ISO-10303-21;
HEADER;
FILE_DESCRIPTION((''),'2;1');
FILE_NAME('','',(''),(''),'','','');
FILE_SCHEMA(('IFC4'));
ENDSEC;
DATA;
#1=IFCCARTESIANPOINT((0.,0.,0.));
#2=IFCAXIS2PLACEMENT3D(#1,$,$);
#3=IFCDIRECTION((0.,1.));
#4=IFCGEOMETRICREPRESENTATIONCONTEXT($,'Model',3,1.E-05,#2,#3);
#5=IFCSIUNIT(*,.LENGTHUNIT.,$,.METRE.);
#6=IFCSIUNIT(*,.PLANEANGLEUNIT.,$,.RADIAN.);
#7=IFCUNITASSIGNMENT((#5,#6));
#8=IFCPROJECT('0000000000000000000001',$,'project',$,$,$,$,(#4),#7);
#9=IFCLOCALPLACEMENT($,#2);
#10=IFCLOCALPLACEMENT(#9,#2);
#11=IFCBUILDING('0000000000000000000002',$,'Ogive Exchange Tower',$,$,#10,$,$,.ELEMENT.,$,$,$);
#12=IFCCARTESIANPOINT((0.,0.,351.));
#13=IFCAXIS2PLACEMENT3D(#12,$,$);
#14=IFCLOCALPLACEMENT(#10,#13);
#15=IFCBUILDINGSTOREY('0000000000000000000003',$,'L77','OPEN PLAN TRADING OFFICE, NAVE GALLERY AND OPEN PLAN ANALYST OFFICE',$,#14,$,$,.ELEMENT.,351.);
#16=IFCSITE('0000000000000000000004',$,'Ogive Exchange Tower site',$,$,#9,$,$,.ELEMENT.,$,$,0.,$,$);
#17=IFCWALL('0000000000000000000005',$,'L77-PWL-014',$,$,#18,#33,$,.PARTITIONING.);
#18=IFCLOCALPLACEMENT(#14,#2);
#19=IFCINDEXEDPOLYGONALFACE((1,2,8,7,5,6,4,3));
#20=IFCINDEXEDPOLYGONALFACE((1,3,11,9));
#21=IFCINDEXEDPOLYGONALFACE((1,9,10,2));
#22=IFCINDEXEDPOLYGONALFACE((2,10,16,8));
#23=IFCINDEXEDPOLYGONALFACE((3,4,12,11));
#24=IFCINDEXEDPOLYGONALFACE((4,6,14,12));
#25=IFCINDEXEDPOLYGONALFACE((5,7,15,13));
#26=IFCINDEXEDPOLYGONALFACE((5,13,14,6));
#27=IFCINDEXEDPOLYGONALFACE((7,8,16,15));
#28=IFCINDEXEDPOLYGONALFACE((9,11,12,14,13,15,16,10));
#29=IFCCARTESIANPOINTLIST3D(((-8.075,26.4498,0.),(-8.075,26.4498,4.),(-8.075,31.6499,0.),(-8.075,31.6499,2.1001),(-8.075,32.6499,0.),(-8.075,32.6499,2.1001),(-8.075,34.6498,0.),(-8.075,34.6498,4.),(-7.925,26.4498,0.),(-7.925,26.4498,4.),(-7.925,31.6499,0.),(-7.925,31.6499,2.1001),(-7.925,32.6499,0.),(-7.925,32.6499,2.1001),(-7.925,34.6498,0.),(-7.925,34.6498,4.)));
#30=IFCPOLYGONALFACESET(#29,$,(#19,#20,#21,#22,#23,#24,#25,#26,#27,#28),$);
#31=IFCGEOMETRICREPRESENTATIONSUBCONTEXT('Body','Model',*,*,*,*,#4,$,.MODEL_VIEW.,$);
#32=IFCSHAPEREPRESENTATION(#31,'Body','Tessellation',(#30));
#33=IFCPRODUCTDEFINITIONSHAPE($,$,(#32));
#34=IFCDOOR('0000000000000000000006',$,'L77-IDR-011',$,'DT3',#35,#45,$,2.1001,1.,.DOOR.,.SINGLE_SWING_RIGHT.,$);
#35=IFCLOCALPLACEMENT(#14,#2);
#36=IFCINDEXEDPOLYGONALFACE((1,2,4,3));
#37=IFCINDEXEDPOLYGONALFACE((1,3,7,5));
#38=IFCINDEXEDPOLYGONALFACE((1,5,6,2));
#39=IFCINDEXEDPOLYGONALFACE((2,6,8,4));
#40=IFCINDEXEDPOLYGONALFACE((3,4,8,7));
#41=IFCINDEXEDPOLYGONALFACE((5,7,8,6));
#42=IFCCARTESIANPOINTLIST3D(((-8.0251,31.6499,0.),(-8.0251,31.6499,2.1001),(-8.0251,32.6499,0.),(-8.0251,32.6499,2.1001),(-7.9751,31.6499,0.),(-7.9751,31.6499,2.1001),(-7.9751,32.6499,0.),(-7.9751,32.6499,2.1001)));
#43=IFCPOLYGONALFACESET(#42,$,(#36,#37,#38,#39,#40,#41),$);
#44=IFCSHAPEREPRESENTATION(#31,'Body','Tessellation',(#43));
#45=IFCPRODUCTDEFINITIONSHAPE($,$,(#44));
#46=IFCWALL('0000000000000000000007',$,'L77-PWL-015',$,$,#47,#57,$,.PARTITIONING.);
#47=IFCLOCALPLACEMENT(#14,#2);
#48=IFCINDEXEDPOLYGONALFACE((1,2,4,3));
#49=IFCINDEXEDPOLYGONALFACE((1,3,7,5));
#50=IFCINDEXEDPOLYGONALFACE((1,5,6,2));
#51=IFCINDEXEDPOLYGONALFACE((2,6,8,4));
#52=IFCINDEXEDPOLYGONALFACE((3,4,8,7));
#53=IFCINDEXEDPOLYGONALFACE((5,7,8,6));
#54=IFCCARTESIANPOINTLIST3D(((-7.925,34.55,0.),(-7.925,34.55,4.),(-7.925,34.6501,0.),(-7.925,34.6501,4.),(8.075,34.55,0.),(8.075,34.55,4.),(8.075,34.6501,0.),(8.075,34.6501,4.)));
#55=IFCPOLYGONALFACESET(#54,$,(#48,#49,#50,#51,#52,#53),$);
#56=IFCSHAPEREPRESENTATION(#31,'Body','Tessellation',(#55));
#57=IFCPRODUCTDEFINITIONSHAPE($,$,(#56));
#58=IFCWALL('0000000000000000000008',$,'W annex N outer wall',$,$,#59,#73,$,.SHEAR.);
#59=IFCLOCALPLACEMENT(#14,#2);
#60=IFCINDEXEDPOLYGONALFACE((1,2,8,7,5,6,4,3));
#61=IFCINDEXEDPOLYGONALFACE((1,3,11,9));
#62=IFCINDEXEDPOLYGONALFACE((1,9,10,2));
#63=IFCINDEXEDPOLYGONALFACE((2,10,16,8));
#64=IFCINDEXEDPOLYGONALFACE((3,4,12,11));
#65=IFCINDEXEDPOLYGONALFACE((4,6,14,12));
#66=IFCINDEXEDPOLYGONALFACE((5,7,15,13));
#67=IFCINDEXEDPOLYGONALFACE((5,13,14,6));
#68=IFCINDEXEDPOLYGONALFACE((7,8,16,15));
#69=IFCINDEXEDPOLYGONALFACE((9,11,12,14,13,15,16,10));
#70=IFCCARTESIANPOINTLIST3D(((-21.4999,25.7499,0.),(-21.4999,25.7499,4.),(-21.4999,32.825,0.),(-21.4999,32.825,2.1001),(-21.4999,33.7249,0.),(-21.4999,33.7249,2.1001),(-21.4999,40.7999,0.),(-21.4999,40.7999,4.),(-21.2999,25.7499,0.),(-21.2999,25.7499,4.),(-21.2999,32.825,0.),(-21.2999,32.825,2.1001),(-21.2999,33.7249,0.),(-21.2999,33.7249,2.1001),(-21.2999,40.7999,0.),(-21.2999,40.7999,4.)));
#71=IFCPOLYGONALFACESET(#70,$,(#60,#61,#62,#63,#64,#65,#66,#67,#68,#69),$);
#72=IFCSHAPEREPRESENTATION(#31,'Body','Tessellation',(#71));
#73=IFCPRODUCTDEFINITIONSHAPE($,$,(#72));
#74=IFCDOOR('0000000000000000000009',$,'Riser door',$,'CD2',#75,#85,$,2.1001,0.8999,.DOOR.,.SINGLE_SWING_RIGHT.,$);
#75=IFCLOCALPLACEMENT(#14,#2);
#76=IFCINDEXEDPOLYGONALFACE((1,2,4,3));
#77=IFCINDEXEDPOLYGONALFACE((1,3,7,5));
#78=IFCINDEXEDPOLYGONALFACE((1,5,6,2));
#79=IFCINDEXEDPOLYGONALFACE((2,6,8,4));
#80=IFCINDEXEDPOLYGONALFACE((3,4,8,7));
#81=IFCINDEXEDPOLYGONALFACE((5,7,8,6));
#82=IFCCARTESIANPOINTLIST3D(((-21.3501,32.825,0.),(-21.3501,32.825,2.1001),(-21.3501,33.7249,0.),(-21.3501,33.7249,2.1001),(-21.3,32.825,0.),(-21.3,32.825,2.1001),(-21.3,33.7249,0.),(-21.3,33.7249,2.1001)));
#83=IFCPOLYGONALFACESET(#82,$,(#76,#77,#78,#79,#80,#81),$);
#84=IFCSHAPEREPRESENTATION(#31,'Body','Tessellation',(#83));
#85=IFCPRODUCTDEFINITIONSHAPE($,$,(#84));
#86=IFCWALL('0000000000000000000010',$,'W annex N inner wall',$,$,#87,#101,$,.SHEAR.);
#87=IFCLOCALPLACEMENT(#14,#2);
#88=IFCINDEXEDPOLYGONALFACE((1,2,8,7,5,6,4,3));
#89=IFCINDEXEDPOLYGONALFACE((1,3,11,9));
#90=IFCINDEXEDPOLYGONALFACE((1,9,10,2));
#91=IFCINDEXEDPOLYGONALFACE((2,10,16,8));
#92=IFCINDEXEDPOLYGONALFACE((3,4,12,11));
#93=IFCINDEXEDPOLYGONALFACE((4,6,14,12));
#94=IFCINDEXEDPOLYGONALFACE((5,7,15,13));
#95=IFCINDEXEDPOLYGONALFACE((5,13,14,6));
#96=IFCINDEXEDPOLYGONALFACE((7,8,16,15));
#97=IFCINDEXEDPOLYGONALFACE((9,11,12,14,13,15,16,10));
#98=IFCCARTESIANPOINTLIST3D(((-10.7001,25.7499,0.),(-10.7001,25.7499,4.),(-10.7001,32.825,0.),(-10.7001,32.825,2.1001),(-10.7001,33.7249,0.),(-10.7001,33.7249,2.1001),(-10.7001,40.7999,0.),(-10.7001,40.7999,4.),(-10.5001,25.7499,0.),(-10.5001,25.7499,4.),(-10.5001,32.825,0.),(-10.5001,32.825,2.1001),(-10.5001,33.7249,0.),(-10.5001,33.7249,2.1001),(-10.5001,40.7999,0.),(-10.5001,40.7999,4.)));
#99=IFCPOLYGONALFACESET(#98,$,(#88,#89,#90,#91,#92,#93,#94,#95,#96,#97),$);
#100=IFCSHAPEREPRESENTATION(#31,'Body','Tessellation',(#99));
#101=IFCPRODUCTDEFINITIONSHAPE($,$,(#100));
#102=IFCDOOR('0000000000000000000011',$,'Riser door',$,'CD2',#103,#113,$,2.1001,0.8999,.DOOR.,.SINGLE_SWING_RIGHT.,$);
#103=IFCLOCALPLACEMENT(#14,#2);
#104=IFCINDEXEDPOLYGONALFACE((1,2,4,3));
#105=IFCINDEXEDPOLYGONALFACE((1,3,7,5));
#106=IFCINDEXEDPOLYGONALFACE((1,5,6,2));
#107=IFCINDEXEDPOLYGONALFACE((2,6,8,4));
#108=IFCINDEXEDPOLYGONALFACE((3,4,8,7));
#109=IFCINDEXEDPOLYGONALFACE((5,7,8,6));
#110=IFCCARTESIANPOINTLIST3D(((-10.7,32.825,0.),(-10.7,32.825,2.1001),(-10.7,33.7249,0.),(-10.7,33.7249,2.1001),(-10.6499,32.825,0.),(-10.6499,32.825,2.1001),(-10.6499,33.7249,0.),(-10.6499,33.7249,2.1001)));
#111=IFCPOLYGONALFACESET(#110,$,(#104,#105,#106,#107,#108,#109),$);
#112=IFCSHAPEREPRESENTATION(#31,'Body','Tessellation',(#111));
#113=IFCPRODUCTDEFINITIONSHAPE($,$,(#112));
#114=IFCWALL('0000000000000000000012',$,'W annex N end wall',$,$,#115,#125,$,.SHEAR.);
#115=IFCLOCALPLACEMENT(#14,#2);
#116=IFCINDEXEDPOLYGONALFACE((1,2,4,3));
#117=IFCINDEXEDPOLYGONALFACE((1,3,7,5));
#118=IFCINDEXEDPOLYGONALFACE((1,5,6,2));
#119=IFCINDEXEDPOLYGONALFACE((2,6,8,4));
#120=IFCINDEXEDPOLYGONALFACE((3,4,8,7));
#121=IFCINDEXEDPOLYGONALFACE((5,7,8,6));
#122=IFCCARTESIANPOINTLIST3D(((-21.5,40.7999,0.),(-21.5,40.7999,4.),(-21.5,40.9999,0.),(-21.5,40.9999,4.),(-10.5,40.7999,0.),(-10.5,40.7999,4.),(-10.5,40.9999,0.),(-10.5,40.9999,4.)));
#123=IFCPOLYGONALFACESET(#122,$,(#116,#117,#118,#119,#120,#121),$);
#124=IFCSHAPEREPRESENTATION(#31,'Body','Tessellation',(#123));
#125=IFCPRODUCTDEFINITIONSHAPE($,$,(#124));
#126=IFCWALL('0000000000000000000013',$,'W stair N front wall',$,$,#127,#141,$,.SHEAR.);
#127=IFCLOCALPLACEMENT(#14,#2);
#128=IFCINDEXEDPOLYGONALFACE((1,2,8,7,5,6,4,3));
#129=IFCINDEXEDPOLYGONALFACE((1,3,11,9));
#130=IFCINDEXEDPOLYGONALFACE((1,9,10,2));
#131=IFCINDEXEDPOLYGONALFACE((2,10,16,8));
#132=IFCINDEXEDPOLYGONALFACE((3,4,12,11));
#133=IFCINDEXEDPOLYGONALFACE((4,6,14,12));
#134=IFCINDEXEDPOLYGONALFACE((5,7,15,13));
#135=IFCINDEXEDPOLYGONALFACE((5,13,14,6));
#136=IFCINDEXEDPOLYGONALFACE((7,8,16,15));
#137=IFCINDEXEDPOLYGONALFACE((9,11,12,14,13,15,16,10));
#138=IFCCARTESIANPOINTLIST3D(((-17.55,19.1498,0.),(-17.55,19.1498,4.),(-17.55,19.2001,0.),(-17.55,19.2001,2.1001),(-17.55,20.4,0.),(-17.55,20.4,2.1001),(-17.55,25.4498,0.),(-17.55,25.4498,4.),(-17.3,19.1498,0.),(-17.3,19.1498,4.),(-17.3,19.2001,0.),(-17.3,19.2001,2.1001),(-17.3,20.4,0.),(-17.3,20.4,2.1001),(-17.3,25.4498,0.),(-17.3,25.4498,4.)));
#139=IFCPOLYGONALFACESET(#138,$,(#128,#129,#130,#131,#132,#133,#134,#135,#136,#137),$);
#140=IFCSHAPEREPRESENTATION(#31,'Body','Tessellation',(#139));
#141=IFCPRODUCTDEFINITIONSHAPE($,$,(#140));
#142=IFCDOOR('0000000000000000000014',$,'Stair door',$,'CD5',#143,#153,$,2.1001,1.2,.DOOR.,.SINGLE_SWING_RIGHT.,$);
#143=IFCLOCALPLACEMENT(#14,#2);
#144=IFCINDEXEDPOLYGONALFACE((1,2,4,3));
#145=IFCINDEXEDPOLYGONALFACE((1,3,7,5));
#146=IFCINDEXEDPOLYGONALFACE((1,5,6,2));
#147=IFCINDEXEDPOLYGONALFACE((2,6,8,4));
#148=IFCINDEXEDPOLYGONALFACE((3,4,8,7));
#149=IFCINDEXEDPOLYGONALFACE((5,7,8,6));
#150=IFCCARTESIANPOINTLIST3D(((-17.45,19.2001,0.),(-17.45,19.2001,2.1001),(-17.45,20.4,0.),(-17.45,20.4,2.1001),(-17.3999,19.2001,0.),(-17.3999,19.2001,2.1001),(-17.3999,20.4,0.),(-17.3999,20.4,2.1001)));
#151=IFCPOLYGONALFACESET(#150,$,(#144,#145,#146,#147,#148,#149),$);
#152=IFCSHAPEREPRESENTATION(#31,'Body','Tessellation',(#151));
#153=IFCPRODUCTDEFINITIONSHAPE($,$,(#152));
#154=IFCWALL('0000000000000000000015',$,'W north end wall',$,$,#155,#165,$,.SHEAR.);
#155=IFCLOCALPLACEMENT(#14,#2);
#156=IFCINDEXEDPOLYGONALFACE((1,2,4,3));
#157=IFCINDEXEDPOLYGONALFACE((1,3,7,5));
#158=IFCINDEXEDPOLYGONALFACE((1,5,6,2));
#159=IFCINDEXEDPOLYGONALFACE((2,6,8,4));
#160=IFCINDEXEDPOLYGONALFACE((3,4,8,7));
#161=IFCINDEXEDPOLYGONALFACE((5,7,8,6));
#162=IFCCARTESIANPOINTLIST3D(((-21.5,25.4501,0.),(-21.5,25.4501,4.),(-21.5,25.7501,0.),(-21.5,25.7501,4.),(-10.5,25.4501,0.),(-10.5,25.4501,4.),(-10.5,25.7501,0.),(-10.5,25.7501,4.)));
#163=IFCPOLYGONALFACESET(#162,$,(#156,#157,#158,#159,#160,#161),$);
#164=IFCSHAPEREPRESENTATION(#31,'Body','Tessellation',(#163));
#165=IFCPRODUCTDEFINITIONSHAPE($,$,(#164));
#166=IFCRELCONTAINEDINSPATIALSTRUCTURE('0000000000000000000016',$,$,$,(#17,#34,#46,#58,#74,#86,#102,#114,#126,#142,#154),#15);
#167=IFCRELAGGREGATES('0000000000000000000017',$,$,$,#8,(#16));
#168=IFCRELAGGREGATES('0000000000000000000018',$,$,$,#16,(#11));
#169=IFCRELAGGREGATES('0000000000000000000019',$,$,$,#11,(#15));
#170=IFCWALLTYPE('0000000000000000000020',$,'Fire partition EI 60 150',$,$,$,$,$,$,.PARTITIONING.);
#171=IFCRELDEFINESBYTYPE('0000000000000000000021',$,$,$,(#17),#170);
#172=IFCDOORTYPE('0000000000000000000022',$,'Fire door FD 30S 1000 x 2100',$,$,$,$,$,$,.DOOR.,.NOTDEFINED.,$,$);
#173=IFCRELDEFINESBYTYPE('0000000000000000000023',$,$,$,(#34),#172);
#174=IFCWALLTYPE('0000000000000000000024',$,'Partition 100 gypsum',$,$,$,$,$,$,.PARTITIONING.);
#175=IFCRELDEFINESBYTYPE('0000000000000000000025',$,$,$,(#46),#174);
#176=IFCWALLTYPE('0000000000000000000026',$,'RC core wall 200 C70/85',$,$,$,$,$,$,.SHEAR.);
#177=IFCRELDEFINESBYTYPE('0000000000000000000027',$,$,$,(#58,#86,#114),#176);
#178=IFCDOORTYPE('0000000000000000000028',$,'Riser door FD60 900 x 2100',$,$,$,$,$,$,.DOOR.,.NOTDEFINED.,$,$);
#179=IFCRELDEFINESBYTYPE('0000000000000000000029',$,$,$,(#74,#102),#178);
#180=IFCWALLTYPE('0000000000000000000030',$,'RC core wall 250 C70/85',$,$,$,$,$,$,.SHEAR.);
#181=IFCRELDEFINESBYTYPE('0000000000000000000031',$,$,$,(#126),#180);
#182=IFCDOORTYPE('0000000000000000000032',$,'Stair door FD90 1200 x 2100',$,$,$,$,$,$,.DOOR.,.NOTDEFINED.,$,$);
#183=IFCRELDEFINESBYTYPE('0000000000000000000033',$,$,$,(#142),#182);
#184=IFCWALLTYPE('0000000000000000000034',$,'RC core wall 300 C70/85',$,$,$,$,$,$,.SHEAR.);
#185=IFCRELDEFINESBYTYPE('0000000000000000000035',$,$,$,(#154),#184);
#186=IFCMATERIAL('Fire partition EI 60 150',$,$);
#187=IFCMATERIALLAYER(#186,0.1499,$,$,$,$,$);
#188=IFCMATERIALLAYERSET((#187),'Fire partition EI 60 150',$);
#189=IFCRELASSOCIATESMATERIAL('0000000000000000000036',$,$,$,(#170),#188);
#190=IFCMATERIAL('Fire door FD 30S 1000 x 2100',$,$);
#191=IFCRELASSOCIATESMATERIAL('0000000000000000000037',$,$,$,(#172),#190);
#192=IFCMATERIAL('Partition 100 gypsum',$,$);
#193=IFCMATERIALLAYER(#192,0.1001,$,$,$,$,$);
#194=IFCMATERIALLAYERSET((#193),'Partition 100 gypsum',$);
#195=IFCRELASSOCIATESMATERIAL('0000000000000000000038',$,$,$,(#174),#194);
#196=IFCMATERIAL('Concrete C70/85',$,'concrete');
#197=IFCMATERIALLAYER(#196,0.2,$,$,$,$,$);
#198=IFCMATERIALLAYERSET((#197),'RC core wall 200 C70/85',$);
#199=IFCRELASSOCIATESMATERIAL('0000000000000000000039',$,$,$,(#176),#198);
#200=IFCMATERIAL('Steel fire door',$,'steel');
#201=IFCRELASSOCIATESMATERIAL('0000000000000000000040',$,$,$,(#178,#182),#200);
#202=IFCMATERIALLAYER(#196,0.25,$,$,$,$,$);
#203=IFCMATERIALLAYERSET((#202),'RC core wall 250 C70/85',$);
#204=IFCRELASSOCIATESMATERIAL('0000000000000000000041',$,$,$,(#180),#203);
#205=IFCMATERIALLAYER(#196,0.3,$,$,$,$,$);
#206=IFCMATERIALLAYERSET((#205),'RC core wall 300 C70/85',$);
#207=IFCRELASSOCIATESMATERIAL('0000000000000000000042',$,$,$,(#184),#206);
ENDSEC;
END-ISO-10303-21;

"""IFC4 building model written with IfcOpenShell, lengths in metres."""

from ifc_helpers import new_model, si_unit, direction, frame, frame_2d, origin, place, context, subcontext, project, spatial, rectangle, extrude, material, layer, layer_set, type_object, element, fill, save


model = new_model("IFC4")

# Units and contexts
model_context = context("Model", 3, precision=1e-05, world=origin(), true_north=direction((0.0, 1.0)))
body_context = subcontext(model_context, "Body", "Model", "MODEL_VIEW")
ifc_project = project(units=[si_unit("LENGTHUNIT", "METRE"), si_unit("PLANEANGLEUNIT", "RADIAN")], contexts=[model_context])

# Site, building, storey
site_placement = place(None, origin())
site = spatial("IfcSite", under=ifc_project, at=site_placement, Name="Ogive Exchange Tower site", CompositionType="ELEMENT", RefElevation=0.0)
building_placement = place(site_placement, origin())
building = spatial("IfcBuilding", under=site, at=building_placement, Name="Ogive Exchange Tower", CompositionType="ELEMENT")
storey_placement = place(building_placement, frame((0.0, 0.0, 351.0)))
storey = spatial("IfcBuildingStorey", under=building, at=storey_placement, Name="L77", Description="OPEN PLAN TRADING OFFICE, NAVE GALLERY AND OPEN PLAN ANALYST OFFICE", CompositionType="ELEMENT", Elevation=351.0)

# Shared definitions
ifc_material_1 = material(Name="Fire partition EI 60 150")
ifc_layer_1 = layer(ifc_material_1, 0.1499)
ifc_layer_set_1 = layer_set([ifc_layer_1], Name="Fire partition EI 60 150")
wall_type_1 = type_object("IfcWallType", Name="Fire partition EI 60 150", PredefinedType="PARTITIONING", material=ifc_layer_set_1)

# Wall, opening, door
wall_1_placement = place(storey_placement, frame((-8.0, 34.6499, 0.0), z_axis=(0.0, 0.0, 1.0), x_axis=(0.0, -1.0, 0.0)))
wall_1 = element("IfcWall", 1, at=wall_1_placement, inside=storey, type_object=wall_type_1, Name="L77-PWL-014", PredefinedType="PARTITIONING", context=body_context, shape_type="SweptSolid", body=[
    extrude(rectangle(XDim=8.2, YDim=0.1499, at=frame_2d((4.1001, 0.0))), origin(), (0.0, 0.0, 1.0), 4.0),
])
opening_1_placement = place(wall_1_placement, frame((2.0, 0.0, 0.0)))
opening_1 = element("IfcOpeningElement", 2, at=opening_1_placement, cuts=wall_1, PredefinedType="OPENING", context=body_context, shape_type="SweptSolid", body=[
    extrude(rectangle(XDim=1.0, YDim=2.1001, at=frame_2d((0.5, 1.05))), frame((0.0, 0.085, 0.0), z_axis=(0.0, -1.0, 0.0), x_axis=(1.0, 0.0, 0.0)), (0.0, 0.0, 1.0), 0.1699),
])
ifc_material_2 = material(Name="Fire door FD 30S 1000 x 2100")
door_type_1 = type_object("IfcDoorType", Name="Fire door FD 30S 1000 x 2100", OperationType="NOTDEFINED", PredefinedType="DOOR", material=ifc_material_2)
door_1_placement = place(opening_1_placement, origin())
door_1 = element("IfcDoor", 3, at=door_1_placement, inside=storey, type_object=door_type_1, Name="L77-IDR-011", ObjectType="DT3", OperationType="SINGLE_SWING_RIGHT", OverallHeight=2.1001, OverallWidth=1.0, PredefinedType="DOOR", context=body_context, shape_type="SweptSolid", body=[
    extrude(rectangle(XDim=1.0, YDim=2.1001, at=frame_2d((0.5, 1.05))), frame((0.0, 0.0249, 0.0), z_axis=(0.0, -1.0, 0.0), x_axis=(1.0, 0.0, 0.0)), (0.0, 0.0, 1.0), 0.05),
])
fill(opening_1, door_1)

# Wall
ifc_material_3 = material(Name="Partition 100 gypsum")
ifc_layer_2 = layer(ifc_material_3, 0.1001)
ifc_layer_set_2 = layer_set([ifc_layer_2], Name="Partition 100 gypsum")
wall_type_2 = type_object("IfcWallType", Name="Partition 100 gypsum", PredefinedType="PARTITIONING", material=ifc_layer_set_2)
wall_2_placement = place(storey_placement, frame((-7.925, 34.6001, 0.0), z_axis=(0.0, 0.0, 1.0), x_axis=(1.0, 0.0, 0.0)))
element("IfcWall", 4, at=wall_2_placement, inside=storey, type_object=wall_type_2, Name="L77-PWL-015", PredefinedType="PARTITIONING", context=body_context, shape_type="SweptSolid", body=[
    extrude(rectangle(XDim=16.0, YDim=0.1001, at=frame_2d((8.0, 0.0))), origin(), (0.0, 0.0, 1.0), 4.0),
])

# Walls, openings, doors
ifc_material_4 = material(Name="Concrete C70/85", Category="concrete")
ifc_layer_3 = layer(ifc_material_4, 0.2)
ifc_layer_set_3 = layer_set([ifc_layer_3], Name="RC core wall 200 C70/85")
wall_type_3 = type_object("IfcWallType", Name="RC core wall 200 C70/85", PredefinedType="SHEAR", material=ifc_layer_set_3)
wall_3_placement = place(storey_placement, frame((-21.3999, 25.75, 0.0), z_axis=(0.0, 0.0, 1.0), x_axis=(0.0, 1.0, 0.0)))
wall_3 = element("IfcWall", 5, at=wall_3_placement, inside=storey, type_object=wall_type_3, Name="W annex N outer wall", PredefinedType="SHEAR", context=body_context, shape_type="SweptSolid", body=[
    extrude(rectangle(XDim=15.05, YDim=0.2, at=frame_2d((7.5249, 0.0))), origin(), (0.0, 0.0, 1.0), 4.0),
])
opening_2_placement = place(wall_3_placement, frame((7.075, 0.0, 0.0)))
opening_2 = element("IfcOpeningElement", 6, at=opening_2_placement, cuts=wall_3, PredefinedType="OPENING", context=body_context, shape_type="SweptSolid", body=[
    extrude(rectangle(XDim=0.8999, YDim=2.1001, at=frame_2d((0.45, 1.05))), frame((0.0, 0.1099, 0.0), z_axis=(0.0, -1.0, 0.0), x_axis=(1.0, 0.0, 0.0)), (0.0, 0.0, 1.0), 0.22),
])
ifc_material_5 = material(Name="Steel fire door", Category="steel")
door_type_2 = type_object("IfcDoorType", Name="Riser door FD60 900 x 2100", OperationType="NOTDEFINED", PredefinedType="DOOR", material=ifc_material_5)
door_2_placement = place(opening_2_placement, origin())
door_2 = element("IfcDoor", 7, at=door_2_placement, inside=storey, type_object=door_type_2, Name="Riser door", ObjectType="CD2", OperationType="SINGLE_SWING_RIGHT", OverallHeight=2.1001, OverallWidth=0.8999, PredefinedType="DOOR", context=body_context, shape_type="SweptSolid", body=[
    extrude(rectangle(XDim=0.8999, YDim=2.1001, at=frame_2d((0.45, 1.05))), frame((0.0, -0.0498, 0.0), z_axis=(0.0, -1.0, 0.0), x_axis=(1.0, 0.0, 0.0)), (0.0, 0.0, 1.0), 0.05),
])
fill(opening_2, door_2)
wall_4_placement = place(storey_placement, frame((-10.6001, 25.75, 0.0), z_axis=(0.0, 0.0, 1.0), x_axis=(0.0, 1.0, 0.0)))
wall_4 = element("IfcWall", 8, at=wall_4_placement, inside=storey, type_object=wall_type_3, Name="W annex N inner wall", PredefinedType="SHEAR", context=body_context, shape_type="SweptSolid", body=[
    extrude(rectangle(XDim=15.05, YDim=0.2, at=frame_2d((7.5249, 0.0))), origin(), (0.0, 0.0, 1.0), 4.0),
])
opening_3_placement = place(wall_4_placement, frame((7.075, 0.0, 0.0)))
opening_3 = element("IfcOpeningElement", 9, at=opening_3_placement, cuts=wall_4, PredefinedType="OPENING", context=body_context, shape_type="SweptSolid", body=[
    extrude(rectangle(XDim=0.8999, YDim=2.1001, at=frame_2d((0.45, 1.05))), frame((0.0, 0.1099, 0.0), z_axis=(0.0, -1.0, 0.0), x_axis=(1.0, 0.0, 0.0)), (0.0, 0.0, 1.0), 0.22),
])
door_3_placement = place(opening_3_placement, frame((0.8999, 0.1499, 0.0), z_axis=(0.0, 0.0, 1.0), x_axis=(-1.0, 0.0, 0.0)))
door_3 = element("IfcDoor", 10, at=door_3_placement, inside=storey, type_object=door_type_2, Name="Riser door", ObjectType="CD2", OperationType="SINGLE_SWING_RIGHT", OverallHeight=2.1001, OverallWidth=0.8999, PredefinedType="DOOR", context=body_context, shape_type="SweptSolid", body=[
    extrude(rectangle(XDim=0.8999, YDim=2.1001, at=frame_2d((0.45, 1.05))), frame((0.0, 0.1001, 0.0), z_axis=(0.0, -1.0, 0.0), x_axis=(1.0, 0.0, 0.0)), (0.0, 0.0, 1.0), 0.05),
])
fill(opening_3, door_3)

# Wall
wall_5_placement = place(storey_placement, frame((-21.5, 40.8999, 0.0), z_axis=(0.0, 0.0, 1.0), x_axis=(1.0, 0.0, 0.0)))
element("IfcWall", 11, at=wall_5_placement, inside=storey, type_object=wall_type_3, Name="W annex N end wall", PredefinedType="SHEAR", context=body_context, shape_type="SweptSolid", body=[
    extrude(rectangle(XDim=11.0, YDim=0.2, at=frame_2d((5.5, 0.0))), origin(), (0.0, 0.0, 1.0), 4.0),
])

# Wall, opening, door
ifc_layer_4 = layer(ifc_material_4, 0.25)
ifc_layer_set_4 = layer_set([ifc_layer_4], Name="RC core wall 250 C70/85")
wall_type_4 = type_object("IfcWallType", Name="RC core wall 250 C70/85", PredefinedType="SHEAR", material=ifc_layer_set_4)
wall_6_placement = place(storey_placement, frame((-17.425, 19.1499, 0.0), z_axis=(0.0, 0.0, 1.0), x_axis=(0.0, 1.0, 0.0)))
wall_6 = element("IfcWall", 12, at=wall_6_placement, inside=storey, type_object=wall_type_4, Name="W stair N front wall", PredefinedType="SHEAR", context=body_context, shape_type="SweptSolid", body=[
    extrude(rectangle(XDim=6.3, YDim=0.25, at=frame_2d((3.1499, 0.0))), origin(), (0.0, 0.0, 1.0), 4.0),
])
opening_4_placement = place(wall_6_placement, frame((0.05, 0.0, 0.0)))
opening_4 = element("IfcOpeningElement", 13, at=opening_4_placement, cuts=wall_6, PredefinedType="OPENING", context=body_context, shape_type="SweptSolid", body=[
    extrude(rectangle(XDim=1.2, YDim=2.1001, at=frame_2d((0.6001, 1.05))), frame((0.0, 0.135, 0.0), z_axis=(0.0, -1.0, 0.0), x_axis=(1.0, 0.0, 0.0)), (0.0, 0.0, 1.0), 0.27),
])
door_type_3 = type_object("IfcDoorType", Name="Stair door FD90 1200 x 2100", OperationType="NOTDEFINED", PredefinedType="DOOR", material=ifc_material_5)
door_4_placement = place(opening_4_placement, origin())
door_4 = element("IfcDoor", 14, at=door_4_placement, inside=storey, type_object=door_type_3, Name="Stair door", ObjectType="CD5", OperationType="SINGLE_SWING_RIGHT", OverallHeight=2.1001, OverallWidth=1.2, PredefinedType="DOOR", context=body_context, shape_type="SweptSolid", body=[
    extrude(rectangle(XDim=1.2, YDim=2.1001, at=frame_2d((0.6001, 1.05))), frame((0.0, 0.0249, 0.0), z_axis=(0.0, -1.0, 0.0), x_axis=(1.0, 0.0, 0.0)), (0.0, 0.0, 1.0), 0.05),
])
fill(opening_4, door_4)

# Wall
ifc_layer_5 = layer(ifc_material_4, 0.3)
ifc_layer_set_5 = layer_set([ifc_layer_5], Name="RC core wall 300 C70/85")
wall_type_5 = type_object("IfcWallType", Name="RC core wall 300 C70/85", PredefinedType="SHEAR", material=ifc_layer_set_5)
wall_7_placement = place(storey_placement, frame((-21.5, 25.6001, 0.0), z_axis=(0.0, 0.0, 1.0), x_axis=(1.0, 0.0, 0.0)))
element("IfcWall", 15, at=wall_7_placement, inside=storey, type_object=wall_type_5, Name="W north end wall", PredefinedType="SHEAR", context=body_context, shape_type="SweptSolid", body=[
    extrude(rectangle(XDim=11.0, YDim=0.3, at=frame_2d((5.5, 0.0))), origin(), (0.0, 0.0, 1.0), 4.0),
])

save(model, "model.ifc")
